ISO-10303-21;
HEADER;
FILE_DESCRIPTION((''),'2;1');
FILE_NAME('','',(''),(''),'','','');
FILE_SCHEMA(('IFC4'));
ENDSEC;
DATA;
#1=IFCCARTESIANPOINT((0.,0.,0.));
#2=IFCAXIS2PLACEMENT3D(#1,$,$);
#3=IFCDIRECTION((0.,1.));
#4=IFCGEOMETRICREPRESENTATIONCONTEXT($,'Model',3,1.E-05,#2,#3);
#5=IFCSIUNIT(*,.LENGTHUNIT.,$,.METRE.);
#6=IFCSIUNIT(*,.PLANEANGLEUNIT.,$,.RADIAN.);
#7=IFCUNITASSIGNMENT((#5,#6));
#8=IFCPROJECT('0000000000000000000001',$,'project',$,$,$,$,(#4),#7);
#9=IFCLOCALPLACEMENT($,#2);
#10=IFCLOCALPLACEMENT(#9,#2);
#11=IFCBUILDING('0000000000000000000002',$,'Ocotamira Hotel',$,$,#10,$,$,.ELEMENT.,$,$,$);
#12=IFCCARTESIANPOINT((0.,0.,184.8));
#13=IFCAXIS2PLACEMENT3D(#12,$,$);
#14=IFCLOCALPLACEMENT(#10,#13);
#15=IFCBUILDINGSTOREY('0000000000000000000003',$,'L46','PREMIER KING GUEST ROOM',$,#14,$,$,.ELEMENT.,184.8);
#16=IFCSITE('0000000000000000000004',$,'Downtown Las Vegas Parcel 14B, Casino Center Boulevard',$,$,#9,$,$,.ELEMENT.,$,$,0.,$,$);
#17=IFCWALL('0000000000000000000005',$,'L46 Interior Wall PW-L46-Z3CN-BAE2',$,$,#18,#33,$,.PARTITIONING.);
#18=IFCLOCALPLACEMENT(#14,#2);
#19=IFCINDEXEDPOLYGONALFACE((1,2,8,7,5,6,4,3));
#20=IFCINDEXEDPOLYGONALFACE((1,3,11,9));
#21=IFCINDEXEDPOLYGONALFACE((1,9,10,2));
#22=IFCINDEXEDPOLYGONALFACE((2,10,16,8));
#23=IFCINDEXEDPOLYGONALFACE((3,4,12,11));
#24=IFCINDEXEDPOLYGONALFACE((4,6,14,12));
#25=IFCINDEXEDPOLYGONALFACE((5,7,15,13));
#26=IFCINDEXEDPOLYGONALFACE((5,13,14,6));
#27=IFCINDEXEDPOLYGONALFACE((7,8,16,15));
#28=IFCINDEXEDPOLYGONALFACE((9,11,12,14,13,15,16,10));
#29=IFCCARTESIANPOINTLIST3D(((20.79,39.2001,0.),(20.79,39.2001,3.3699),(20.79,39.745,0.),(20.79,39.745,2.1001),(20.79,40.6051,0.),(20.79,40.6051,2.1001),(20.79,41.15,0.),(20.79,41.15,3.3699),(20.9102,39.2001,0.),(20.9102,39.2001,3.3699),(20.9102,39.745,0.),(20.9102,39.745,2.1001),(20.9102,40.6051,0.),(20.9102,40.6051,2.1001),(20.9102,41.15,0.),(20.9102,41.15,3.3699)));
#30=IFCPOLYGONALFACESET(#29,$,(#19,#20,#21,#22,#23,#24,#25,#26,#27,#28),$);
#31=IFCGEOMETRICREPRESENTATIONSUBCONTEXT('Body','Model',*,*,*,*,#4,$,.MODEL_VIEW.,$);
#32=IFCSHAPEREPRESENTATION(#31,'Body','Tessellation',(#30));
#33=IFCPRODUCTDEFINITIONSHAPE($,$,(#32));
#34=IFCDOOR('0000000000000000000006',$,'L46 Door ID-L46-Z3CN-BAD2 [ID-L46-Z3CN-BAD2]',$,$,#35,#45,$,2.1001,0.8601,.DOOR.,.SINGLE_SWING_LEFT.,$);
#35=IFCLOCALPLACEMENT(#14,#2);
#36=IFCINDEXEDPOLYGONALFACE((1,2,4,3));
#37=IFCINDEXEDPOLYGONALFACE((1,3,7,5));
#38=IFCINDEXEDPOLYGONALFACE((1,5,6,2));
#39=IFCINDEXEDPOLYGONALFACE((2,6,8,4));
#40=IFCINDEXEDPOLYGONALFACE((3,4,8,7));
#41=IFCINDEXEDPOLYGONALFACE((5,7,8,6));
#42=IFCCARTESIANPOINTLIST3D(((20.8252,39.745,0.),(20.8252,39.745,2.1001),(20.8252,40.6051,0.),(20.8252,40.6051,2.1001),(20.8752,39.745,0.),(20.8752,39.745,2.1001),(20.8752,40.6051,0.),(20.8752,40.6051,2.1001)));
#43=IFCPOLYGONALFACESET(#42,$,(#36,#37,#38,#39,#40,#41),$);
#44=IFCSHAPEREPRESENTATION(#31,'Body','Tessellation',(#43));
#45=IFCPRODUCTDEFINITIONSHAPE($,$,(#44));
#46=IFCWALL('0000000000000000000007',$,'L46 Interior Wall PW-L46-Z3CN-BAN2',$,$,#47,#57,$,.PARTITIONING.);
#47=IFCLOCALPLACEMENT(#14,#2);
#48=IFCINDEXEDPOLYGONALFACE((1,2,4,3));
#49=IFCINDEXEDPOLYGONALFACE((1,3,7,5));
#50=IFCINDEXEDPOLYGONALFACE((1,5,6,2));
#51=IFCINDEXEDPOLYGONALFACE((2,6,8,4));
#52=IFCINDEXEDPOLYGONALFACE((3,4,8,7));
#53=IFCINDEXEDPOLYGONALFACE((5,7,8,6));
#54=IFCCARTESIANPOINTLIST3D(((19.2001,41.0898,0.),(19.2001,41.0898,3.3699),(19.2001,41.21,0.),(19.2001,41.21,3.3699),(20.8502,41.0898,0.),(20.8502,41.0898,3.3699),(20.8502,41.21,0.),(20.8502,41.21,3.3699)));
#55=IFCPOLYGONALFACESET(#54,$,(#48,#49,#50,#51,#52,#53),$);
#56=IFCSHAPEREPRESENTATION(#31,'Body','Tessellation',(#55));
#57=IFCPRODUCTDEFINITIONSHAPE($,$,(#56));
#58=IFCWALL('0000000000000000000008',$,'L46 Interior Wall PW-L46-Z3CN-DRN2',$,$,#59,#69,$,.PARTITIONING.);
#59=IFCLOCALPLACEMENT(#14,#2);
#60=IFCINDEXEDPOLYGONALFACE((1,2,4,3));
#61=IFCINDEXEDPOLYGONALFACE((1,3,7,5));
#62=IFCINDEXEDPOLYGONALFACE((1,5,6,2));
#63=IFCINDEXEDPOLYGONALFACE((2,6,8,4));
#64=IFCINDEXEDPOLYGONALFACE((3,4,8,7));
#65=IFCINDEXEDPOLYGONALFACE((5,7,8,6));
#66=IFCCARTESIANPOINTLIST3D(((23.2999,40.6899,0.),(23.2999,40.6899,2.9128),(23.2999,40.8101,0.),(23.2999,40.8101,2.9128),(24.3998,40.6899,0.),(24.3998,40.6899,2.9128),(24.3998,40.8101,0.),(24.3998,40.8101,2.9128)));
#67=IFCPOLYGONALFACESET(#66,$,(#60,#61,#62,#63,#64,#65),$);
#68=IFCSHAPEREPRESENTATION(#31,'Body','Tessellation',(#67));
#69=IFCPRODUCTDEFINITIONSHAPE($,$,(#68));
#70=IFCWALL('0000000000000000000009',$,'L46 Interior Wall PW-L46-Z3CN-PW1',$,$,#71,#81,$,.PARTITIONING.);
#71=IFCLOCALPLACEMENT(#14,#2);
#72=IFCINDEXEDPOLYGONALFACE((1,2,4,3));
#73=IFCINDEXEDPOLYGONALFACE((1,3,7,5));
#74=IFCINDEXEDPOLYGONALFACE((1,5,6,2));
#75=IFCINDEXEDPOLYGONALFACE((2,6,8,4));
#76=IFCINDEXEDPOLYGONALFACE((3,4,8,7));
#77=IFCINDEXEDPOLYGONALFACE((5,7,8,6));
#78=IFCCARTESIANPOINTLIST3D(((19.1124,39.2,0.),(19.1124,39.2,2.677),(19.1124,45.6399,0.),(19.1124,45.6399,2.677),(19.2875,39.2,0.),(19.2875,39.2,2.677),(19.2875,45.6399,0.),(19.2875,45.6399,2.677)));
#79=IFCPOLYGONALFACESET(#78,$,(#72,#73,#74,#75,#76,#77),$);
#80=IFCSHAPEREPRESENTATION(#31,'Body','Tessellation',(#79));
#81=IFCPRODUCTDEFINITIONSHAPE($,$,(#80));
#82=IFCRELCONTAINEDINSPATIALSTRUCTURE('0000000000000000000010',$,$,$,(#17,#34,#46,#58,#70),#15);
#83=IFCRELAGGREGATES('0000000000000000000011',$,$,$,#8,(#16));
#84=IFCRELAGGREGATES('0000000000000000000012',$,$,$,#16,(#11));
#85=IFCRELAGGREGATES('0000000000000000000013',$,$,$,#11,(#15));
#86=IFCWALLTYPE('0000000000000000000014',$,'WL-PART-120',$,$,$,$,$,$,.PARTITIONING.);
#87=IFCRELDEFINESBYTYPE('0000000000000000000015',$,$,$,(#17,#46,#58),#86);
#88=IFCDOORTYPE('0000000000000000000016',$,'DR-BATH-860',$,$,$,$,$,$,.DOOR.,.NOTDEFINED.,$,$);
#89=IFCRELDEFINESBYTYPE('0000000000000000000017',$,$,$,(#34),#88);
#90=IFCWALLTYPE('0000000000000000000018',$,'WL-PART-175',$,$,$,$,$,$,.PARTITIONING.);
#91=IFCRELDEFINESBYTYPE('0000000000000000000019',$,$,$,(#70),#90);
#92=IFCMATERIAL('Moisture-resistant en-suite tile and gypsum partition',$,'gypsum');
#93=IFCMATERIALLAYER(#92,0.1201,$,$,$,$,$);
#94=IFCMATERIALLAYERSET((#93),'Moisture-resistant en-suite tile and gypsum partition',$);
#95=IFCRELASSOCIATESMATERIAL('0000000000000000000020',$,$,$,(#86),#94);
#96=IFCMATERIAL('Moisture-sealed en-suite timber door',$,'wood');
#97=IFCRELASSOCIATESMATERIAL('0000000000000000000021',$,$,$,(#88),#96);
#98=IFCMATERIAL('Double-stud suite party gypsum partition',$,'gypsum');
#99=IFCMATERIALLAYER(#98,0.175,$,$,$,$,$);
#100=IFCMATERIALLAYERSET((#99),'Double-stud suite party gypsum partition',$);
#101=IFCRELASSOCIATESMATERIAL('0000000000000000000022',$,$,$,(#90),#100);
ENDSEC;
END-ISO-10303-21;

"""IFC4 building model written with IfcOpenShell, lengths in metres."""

from ifc_helpers import new_model, si_unit, direction, frame, frame_2d, origin, place, context, subcontext, project, spatial, rectangle, extrude, source, transform, mapped, material, layer, layer_set, type_object, element, fill, save


model = new_model("IFC4")

# Units and contexts
model_context = context("Model", 3, precision=1e-05, world=origin(), true_north=direction((0.0, 1.0)))
body_context = subcontext(model_context, "Body", "Model", "MODEL_VIEW")
ifc_project = project(units=[si_unit("LENGTHUNIT", "METRE"), si_unit("PLANEANGLEUNIT", "RADIAN")], contexts=[model_context])

# Site, building, storey
site_placement = place(None, origin())
site = spatial("IfcSite", under=ifc_project, at=site_placement, Name="Downtown Las Vegas Parcel 14B, Casino Center Boulevard", CompositionType="ELEMENT", RefElevation=0.0)
building_placement = place(site_placement, origin())
building = spatial("IfcBuilding", under=site, at=building_placement, Name="Ocotamira Hotel", CompositionType="ELEMENT")
storey_placement = place(building_placement, frame((0.0, 0.0, 184.8)))
storey = spatial("IfcBuildingStorey", under=building, at=storey_placement, Name="L46", Description="PREMIER KING GUEST ROOM", CompositionType="ELEMENT", Elevation=184.8)

# Shared definitions
ifc_material_1 = material(Name="Moisture-resistant en-suite tile and gypsum partition", Category="gypsum")
ifc_layer_1 = layer(ifc_material_1, 0.1201)
ifc_layer_set_1 = layer_set([ifc_layer_1], Name="Moisture-resistant en-suite tile and gypsum partition")
wall_type_1 = type_object("IfcWallType", Name="WL-PART-120", PredefinedType="PARTITIONING", material=ifc_layer_set_1)

# Wall, opening, door
wall_1_placement = place(storey_placement, frame((20.8501, 39.2, 0.0), z_axis=(0.0, 0.0, 1.0), x_axis=(0.0, 1.0, 0.0)))
wall_1 = element("IfcWall", 1, at=wall_1_placement, inside=storey, type_object=wall_type_1, Name="L46 Interior Wall PW-L46-Z3CN-BAE2", PredefinedType="PARTITIONING", context=body_context, shape_type="SweptSolid", body=[
    extrude(rectangle(XDim=1.95, YDim=0.1201, at=frame_2d((0.9751, 0.0))), origin(), (0.0, 0.0, 1.0), 3.3699),
])
opening_placement = place(wall_1_placement, frame((0.5449, 0.0, 0.0)))
opening = element("IfcOpeningElement", 2, at=opening_placement, cuts=wall_1, PredefinedType="OPENING", context=body_context, shape_type="SweptSolid", body=[
    extrude(rectangle(XDim=0.8601, YDim=2.1001, at=frame_2d((0.4302, 1.05))), frame((0.0, 0.0701, 0.0), z_axis=(0.0, -1.0, 0.0), x_axis=(1.0, 0.0, 0.0)), (0.0, 0.0, 1.0), 0.1401),
])
ifc_material_2 = material(Name="Moisture-sealed en-suite timber door", Category="wood")
door_type = type_object("IfcDoorType", Name="DR-BATH-860", OperationType="NOTDEFINED", PredefinedType="DOOR", material=ifc_material_2)
shared_shape_1 = source(origin(), body_context, "Body", "SweptSolid", [
    extrude(rectangle(XDim=0.8601, YDim=2.1001, at=frame_2d((0.4302, 1.05))), frame((0.0, 0.0249, 0.0), z_axis=(0.0, -1.0, 0.0), x_axis=(1.0, 0.0, 0.0)), (0.0, 0.0, 1.0), 0.05),
])
door_placement = place(opening_placement, origin())
door = element("IfcDoor", 3, at=door_placement, inside=storey, type_object=door_type, Name="L46 Door ID-L46-Z3CN-BAD2 [ID-L46-Z3CN-BAD2]", OperationType="SINGLE_SWING_LEFT", OverallHeight=2.1001, OverallWidth=0.8601, PredefinedType="DOOR", context=body_context, shape_type="MappedRepresentation", body=[
    mapped(shared_shape_1, transform((0.0, 0.0, 0.0), scale=1.0)),
])
fill(opening, door)

# Walls
wall_2_placement = place(storey_placement, frame((19.2, 41.1499, 0.0), z_axis=(0.0, 0.0, 1.0), x_axis=(1.0, 0.0, 0.0)))
element("IfcWall", 4, at=wall_2_placement, inside=storey, type_object=wall_type_1, Name="L46 Interior Wall PW-L46-Z3CN-BAN2", PredefinedType="PARTITIONING", context=body_context, shape_type="SweptSolid", body=[
    extrude(rectangle(XDim=1.6501, YDim=0.1201, at=frame_2d((0.8252, 0.0))), origin(), (0.0, 0.0, 1.0), 3.3699),
])
wall_3_placement = place(storey_placement, frame((23.3, 40.75, 0.0), z_axis=(0.0, 0.0, 1.0), x_axis=(1.0, 0.0, 0.0)))
element("IfcWall", 5, at=wall_3_placement, inside=storey, type_object=wall_type_1, Name="L46 Interior Wall PW-L46-Z3CN-DRN2", PredefinedType="PARTITIONING", context=body_context, shape_type="SweptSolid", body=[
    extrude(rectangle(XDim=1.0999, YDim=0.1201, at=frame_2d((0.5498, 0.0))), origin(), (0.0, 0.0, 1.0), 2.9128),
])
ifc_material_3 = material(Name="Double-stud suite party gypsum partition", Category="gypsum")
ifc_layer_2 = layer(ifc_material_3, 0.175)
ifc_layer_set_2 = layer_set([ifc_layer_2], Name="Double-stud suite party gypsum partition")
wall_type_2 = type_object("IfcWallType", Name="WL-PART-175", PredefinedType="PARTITIONING", material=ifc_layer_set_2)
wall_4_placement = place(storey_placement, frame((19.2, 39.2, 0.0), z_axis=(0.0, 0.0, 1.0), x_axis=(0.0, 1.0, 0.0)))
element("IfcWall", 6, at=wall_4_placement, inside=storey, type_object=wall_type_2, Name="L46 Interior Wall PW-L46-Z3CN-PW1", PredefinedType="PARTITIONING", context=body_context, shape_type="SweptSolid", body=[
    extrude(rectangle(XDim=6.4399, YDim=0.175, at=frame_2d((3.22, 0.0))), origin(), (0.0, 0.0, 1.0), 2.677),
])

save(model, "model.ifc")
